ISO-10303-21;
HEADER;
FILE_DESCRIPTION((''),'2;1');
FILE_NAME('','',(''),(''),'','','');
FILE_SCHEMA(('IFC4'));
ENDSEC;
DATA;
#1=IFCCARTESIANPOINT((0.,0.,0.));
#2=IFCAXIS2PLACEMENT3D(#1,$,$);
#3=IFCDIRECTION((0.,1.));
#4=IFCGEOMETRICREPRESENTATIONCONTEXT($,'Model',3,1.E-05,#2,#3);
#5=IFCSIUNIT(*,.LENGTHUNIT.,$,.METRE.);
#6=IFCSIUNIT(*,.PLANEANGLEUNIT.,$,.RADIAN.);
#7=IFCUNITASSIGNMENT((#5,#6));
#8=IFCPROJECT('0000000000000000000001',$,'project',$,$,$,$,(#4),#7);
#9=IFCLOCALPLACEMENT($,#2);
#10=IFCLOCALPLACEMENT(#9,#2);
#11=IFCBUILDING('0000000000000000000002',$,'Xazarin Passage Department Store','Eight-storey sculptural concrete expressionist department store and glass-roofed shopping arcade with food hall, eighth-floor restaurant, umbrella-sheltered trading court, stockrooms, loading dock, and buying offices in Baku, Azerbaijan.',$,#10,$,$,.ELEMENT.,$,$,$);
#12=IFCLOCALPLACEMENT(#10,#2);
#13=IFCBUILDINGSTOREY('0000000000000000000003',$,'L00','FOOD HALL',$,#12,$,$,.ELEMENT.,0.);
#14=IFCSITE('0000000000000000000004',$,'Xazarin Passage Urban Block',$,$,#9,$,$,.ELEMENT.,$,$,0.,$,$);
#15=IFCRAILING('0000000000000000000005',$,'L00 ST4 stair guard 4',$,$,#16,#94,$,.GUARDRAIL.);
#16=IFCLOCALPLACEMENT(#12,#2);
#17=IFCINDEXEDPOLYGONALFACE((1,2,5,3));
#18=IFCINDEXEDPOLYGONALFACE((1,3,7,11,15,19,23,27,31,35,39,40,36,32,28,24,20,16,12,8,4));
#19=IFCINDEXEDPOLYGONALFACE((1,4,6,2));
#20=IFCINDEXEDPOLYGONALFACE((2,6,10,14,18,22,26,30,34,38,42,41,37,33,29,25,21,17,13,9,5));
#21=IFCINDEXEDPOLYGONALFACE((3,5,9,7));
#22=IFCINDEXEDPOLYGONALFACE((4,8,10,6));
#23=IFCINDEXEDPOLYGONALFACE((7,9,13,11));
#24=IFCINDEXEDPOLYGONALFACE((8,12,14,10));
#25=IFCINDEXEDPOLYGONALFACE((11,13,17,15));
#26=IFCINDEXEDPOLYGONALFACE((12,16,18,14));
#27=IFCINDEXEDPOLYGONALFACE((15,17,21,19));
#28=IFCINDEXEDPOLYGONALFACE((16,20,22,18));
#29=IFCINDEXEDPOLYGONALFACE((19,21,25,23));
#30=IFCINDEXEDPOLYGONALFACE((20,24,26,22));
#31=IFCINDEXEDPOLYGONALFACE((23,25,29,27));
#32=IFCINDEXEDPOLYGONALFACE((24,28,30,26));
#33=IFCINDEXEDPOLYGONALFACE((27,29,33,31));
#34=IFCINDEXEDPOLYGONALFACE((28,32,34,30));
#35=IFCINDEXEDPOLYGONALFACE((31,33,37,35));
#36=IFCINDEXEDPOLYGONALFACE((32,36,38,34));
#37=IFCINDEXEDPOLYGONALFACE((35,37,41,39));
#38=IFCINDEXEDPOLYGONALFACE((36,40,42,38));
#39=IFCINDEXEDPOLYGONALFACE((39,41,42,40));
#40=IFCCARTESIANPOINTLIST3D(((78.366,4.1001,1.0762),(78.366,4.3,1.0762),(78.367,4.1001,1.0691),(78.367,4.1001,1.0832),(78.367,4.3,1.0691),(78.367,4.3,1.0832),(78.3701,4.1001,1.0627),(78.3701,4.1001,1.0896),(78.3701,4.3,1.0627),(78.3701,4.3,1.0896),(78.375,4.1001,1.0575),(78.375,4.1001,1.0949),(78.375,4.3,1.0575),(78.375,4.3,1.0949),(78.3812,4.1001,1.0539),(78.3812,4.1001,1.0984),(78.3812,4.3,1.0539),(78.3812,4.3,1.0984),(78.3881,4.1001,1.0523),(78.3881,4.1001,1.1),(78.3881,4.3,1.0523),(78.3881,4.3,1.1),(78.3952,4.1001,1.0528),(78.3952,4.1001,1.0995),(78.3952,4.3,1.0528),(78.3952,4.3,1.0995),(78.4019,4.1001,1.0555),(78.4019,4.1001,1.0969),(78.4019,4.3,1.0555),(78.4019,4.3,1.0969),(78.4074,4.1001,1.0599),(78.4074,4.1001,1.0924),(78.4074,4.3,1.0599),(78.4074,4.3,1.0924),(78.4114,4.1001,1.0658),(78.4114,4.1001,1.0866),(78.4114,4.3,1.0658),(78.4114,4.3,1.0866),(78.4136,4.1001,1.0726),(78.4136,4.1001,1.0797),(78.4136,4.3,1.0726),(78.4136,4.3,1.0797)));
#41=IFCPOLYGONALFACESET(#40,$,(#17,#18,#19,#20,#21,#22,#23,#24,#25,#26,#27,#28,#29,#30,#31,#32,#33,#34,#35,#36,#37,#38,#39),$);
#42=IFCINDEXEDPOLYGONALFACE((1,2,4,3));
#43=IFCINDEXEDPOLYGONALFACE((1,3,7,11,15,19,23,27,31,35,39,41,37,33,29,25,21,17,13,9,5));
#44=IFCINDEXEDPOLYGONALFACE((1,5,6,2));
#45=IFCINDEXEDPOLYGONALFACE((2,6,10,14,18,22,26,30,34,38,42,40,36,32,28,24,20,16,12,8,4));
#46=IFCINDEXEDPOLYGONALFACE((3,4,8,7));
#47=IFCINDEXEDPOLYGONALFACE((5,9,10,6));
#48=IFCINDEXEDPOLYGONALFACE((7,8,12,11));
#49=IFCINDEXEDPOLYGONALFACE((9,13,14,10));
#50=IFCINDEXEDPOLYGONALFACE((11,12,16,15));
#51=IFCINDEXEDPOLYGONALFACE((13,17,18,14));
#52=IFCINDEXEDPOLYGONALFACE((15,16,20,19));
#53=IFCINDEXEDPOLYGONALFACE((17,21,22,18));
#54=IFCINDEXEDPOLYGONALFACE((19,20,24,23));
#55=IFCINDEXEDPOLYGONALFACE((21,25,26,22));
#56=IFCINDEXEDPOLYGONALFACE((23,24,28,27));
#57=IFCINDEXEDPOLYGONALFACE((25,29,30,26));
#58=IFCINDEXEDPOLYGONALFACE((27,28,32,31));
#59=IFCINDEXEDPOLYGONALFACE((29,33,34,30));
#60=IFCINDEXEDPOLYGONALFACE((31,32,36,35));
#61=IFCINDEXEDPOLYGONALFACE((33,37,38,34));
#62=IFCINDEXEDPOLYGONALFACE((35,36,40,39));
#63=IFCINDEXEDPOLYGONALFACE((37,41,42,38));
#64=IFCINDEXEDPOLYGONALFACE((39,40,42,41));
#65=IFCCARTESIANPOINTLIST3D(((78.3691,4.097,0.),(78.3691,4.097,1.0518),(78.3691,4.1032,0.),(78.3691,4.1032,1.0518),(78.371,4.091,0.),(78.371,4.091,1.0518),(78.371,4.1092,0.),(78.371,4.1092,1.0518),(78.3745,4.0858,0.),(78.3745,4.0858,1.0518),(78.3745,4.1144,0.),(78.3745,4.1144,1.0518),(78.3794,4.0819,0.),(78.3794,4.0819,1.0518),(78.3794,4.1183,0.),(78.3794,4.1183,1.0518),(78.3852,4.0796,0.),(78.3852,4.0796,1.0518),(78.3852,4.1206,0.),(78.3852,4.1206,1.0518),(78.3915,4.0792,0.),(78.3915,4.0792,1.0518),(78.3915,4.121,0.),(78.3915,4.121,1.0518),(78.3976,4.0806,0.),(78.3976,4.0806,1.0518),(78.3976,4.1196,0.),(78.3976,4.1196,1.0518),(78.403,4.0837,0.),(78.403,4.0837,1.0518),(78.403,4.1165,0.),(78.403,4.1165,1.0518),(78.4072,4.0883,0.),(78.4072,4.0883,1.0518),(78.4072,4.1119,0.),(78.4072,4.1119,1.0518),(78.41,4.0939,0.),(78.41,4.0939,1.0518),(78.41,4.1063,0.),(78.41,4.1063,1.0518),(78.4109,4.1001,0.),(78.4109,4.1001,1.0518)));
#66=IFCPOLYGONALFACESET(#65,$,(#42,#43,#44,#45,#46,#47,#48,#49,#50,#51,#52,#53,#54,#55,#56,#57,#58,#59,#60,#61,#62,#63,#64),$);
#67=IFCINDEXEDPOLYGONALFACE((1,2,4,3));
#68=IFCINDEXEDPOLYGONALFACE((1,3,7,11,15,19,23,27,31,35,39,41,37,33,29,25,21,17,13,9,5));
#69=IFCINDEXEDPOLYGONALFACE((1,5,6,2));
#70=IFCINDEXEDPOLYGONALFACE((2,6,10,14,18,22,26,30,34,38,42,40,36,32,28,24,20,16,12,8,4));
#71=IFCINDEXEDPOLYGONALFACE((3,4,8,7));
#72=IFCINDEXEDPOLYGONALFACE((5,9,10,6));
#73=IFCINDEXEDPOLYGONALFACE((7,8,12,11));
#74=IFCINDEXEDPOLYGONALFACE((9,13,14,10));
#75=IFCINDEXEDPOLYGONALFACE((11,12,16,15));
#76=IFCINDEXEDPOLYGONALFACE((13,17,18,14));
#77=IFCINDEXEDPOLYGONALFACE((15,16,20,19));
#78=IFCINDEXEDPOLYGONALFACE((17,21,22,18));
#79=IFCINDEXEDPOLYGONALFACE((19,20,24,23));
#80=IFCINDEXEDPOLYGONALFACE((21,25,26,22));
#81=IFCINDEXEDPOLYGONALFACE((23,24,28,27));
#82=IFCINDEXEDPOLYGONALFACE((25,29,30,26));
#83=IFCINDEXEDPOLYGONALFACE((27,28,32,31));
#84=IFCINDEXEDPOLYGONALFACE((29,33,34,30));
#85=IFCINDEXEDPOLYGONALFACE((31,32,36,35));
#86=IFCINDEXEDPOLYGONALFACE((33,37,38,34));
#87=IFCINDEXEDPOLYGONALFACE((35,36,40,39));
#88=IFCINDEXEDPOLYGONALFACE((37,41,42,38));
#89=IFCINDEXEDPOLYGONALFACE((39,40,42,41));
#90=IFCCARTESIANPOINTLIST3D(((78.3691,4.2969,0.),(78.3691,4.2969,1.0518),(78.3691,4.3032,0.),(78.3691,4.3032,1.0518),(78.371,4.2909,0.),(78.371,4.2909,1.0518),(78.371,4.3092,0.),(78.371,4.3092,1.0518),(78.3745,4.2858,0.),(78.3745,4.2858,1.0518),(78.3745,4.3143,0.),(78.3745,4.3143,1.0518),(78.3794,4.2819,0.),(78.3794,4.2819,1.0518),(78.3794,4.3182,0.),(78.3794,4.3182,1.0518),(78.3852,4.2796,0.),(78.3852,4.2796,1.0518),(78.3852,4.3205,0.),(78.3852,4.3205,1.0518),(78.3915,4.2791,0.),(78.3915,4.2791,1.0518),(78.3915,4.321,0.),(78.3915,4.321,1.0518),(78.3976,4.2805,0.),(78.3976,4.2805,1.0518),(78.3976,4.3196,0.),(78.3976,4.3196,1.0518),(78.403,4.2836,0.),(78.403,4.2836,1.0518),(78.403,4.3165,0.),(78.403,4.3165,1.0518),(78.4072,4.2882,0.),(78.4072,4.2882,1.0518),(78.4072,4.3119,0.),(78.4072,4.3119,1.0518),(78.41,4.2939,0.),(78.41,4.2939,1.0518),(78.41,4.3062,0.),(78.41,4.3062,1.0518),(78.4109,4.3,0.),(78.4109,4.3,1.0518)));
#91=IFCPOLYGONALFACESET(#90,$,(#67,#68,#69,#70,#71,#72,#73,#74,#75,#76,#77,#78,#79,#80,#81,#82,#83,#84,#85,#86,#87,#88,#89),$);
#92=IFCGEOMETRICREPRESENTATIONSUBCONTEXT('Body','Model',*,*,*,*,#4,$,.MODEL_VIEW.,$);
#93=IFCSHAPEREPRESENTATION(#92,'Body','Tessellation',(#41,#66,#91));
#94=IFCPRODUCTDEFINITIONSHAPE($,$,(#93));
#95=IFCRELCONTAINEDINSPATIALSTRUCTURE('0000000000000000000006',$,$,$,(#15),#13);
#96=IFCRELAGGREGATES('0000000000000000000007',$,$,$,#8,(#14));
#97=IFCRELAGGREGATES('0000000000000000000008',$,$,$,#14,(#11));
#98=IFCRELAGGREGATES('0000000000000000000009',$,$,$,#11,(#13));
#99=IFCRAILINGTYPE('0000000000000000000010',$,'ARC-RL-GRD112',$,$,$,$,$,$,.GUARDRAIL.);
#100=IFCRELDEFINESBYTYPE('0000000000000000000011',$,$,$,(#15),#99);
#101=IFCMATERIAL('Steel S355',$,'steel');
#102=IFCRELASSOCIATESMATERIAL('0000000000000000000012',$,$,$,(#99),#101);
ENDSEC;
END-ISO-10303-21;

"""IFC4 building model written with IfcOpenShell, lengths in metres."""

from ifc_helpers import new_model, si_unit, direction, frame, origin, origin_2d, place, context, subcontext, project, spatial, circle, extrude, material, type_object, element, save


model = new_model("IFC4")

# Units and contexts
model_context = context("Model", 3, precision=1e-05, world=origin(), true_north=direction((0.0, 1.0)))
body_context = subcontext(model_context, "Body", "Model", "MODEL_VIEW")
ifc_project = project(units=[si_unit("LENGTHUNIT", "METRE"), si_unit("PLANEANGLEUNIT", "RADIAN")], contexts=[model_context])

# Site, building, storey
site_placement = place(None, origin())
site = spatial("IfcSite", under=ifc_project, at=site_placement, Name="Xazarin Passage Urban Block", CompositionType="ELEMENT", RefElevation=0.0)
building_placement = place(site_placement, origin())
building = spatial("IfcBuilding", under=site, at=building_placement, Name="Xazarin Passage Department Store", Description="Eight-storey sculptural concrete expressionist department store and glass-roofed shopping arcade with food hall, eighth-floor restaurant, umbrella-sheltered trading court, stockrooms, loading dock, and buying offices in Baku, Azerbaijan.", CompositionType="ELEMENT")
storey_placement = place(building_placement, origin())
storey = spatial("IfcBuildingStorey", under=building, at=storey_placement, Name="L00", Description="FOOD HALL", CompositionType="ELEMENT", Elevation=0.0)

# Railing
ifc_material_1 = material(Name="Steel S355", Category="steel")
railing_type_1 = type_object("IfcRailingType", Name="ARC-RL-GRD112", PredefinedType="GUARDRAIL", material=ifc_material_1)
railing_1_placement = place(storey_placement, frame((78.3899, 4.1001, 0.0)))
element("IfcRailing", 1, at=railing_1_placement, inside=storey, type_object=railing_type_1, Name="L00 ST4 stair guard 4", PredefinedType="GUARDRAIL", context=body_context, shape_type="SweptSolid", body=[
    extrude(circle(Radius=0.0239, at=origin_2d()), frame((0.0, 0.0, 1.0762), z_axis=(0.0, 1.0, 0.0), x_axis=(-1.0, 0.0, 0.0)), (0.0, 0.0, 1.0), 0.2),
    extrude(circle(Radius=0.021, at=origin_2d()), origin(), (0.0, 0.0, 1.0), 1.0518),
    extrude(circle(Radius=0.021, at=origin_2d()), frame((0.0, 0.2, 0.0)), (0.0, 0.0, 1.0), 1.0518),
])

save(model, "model.ifc")
